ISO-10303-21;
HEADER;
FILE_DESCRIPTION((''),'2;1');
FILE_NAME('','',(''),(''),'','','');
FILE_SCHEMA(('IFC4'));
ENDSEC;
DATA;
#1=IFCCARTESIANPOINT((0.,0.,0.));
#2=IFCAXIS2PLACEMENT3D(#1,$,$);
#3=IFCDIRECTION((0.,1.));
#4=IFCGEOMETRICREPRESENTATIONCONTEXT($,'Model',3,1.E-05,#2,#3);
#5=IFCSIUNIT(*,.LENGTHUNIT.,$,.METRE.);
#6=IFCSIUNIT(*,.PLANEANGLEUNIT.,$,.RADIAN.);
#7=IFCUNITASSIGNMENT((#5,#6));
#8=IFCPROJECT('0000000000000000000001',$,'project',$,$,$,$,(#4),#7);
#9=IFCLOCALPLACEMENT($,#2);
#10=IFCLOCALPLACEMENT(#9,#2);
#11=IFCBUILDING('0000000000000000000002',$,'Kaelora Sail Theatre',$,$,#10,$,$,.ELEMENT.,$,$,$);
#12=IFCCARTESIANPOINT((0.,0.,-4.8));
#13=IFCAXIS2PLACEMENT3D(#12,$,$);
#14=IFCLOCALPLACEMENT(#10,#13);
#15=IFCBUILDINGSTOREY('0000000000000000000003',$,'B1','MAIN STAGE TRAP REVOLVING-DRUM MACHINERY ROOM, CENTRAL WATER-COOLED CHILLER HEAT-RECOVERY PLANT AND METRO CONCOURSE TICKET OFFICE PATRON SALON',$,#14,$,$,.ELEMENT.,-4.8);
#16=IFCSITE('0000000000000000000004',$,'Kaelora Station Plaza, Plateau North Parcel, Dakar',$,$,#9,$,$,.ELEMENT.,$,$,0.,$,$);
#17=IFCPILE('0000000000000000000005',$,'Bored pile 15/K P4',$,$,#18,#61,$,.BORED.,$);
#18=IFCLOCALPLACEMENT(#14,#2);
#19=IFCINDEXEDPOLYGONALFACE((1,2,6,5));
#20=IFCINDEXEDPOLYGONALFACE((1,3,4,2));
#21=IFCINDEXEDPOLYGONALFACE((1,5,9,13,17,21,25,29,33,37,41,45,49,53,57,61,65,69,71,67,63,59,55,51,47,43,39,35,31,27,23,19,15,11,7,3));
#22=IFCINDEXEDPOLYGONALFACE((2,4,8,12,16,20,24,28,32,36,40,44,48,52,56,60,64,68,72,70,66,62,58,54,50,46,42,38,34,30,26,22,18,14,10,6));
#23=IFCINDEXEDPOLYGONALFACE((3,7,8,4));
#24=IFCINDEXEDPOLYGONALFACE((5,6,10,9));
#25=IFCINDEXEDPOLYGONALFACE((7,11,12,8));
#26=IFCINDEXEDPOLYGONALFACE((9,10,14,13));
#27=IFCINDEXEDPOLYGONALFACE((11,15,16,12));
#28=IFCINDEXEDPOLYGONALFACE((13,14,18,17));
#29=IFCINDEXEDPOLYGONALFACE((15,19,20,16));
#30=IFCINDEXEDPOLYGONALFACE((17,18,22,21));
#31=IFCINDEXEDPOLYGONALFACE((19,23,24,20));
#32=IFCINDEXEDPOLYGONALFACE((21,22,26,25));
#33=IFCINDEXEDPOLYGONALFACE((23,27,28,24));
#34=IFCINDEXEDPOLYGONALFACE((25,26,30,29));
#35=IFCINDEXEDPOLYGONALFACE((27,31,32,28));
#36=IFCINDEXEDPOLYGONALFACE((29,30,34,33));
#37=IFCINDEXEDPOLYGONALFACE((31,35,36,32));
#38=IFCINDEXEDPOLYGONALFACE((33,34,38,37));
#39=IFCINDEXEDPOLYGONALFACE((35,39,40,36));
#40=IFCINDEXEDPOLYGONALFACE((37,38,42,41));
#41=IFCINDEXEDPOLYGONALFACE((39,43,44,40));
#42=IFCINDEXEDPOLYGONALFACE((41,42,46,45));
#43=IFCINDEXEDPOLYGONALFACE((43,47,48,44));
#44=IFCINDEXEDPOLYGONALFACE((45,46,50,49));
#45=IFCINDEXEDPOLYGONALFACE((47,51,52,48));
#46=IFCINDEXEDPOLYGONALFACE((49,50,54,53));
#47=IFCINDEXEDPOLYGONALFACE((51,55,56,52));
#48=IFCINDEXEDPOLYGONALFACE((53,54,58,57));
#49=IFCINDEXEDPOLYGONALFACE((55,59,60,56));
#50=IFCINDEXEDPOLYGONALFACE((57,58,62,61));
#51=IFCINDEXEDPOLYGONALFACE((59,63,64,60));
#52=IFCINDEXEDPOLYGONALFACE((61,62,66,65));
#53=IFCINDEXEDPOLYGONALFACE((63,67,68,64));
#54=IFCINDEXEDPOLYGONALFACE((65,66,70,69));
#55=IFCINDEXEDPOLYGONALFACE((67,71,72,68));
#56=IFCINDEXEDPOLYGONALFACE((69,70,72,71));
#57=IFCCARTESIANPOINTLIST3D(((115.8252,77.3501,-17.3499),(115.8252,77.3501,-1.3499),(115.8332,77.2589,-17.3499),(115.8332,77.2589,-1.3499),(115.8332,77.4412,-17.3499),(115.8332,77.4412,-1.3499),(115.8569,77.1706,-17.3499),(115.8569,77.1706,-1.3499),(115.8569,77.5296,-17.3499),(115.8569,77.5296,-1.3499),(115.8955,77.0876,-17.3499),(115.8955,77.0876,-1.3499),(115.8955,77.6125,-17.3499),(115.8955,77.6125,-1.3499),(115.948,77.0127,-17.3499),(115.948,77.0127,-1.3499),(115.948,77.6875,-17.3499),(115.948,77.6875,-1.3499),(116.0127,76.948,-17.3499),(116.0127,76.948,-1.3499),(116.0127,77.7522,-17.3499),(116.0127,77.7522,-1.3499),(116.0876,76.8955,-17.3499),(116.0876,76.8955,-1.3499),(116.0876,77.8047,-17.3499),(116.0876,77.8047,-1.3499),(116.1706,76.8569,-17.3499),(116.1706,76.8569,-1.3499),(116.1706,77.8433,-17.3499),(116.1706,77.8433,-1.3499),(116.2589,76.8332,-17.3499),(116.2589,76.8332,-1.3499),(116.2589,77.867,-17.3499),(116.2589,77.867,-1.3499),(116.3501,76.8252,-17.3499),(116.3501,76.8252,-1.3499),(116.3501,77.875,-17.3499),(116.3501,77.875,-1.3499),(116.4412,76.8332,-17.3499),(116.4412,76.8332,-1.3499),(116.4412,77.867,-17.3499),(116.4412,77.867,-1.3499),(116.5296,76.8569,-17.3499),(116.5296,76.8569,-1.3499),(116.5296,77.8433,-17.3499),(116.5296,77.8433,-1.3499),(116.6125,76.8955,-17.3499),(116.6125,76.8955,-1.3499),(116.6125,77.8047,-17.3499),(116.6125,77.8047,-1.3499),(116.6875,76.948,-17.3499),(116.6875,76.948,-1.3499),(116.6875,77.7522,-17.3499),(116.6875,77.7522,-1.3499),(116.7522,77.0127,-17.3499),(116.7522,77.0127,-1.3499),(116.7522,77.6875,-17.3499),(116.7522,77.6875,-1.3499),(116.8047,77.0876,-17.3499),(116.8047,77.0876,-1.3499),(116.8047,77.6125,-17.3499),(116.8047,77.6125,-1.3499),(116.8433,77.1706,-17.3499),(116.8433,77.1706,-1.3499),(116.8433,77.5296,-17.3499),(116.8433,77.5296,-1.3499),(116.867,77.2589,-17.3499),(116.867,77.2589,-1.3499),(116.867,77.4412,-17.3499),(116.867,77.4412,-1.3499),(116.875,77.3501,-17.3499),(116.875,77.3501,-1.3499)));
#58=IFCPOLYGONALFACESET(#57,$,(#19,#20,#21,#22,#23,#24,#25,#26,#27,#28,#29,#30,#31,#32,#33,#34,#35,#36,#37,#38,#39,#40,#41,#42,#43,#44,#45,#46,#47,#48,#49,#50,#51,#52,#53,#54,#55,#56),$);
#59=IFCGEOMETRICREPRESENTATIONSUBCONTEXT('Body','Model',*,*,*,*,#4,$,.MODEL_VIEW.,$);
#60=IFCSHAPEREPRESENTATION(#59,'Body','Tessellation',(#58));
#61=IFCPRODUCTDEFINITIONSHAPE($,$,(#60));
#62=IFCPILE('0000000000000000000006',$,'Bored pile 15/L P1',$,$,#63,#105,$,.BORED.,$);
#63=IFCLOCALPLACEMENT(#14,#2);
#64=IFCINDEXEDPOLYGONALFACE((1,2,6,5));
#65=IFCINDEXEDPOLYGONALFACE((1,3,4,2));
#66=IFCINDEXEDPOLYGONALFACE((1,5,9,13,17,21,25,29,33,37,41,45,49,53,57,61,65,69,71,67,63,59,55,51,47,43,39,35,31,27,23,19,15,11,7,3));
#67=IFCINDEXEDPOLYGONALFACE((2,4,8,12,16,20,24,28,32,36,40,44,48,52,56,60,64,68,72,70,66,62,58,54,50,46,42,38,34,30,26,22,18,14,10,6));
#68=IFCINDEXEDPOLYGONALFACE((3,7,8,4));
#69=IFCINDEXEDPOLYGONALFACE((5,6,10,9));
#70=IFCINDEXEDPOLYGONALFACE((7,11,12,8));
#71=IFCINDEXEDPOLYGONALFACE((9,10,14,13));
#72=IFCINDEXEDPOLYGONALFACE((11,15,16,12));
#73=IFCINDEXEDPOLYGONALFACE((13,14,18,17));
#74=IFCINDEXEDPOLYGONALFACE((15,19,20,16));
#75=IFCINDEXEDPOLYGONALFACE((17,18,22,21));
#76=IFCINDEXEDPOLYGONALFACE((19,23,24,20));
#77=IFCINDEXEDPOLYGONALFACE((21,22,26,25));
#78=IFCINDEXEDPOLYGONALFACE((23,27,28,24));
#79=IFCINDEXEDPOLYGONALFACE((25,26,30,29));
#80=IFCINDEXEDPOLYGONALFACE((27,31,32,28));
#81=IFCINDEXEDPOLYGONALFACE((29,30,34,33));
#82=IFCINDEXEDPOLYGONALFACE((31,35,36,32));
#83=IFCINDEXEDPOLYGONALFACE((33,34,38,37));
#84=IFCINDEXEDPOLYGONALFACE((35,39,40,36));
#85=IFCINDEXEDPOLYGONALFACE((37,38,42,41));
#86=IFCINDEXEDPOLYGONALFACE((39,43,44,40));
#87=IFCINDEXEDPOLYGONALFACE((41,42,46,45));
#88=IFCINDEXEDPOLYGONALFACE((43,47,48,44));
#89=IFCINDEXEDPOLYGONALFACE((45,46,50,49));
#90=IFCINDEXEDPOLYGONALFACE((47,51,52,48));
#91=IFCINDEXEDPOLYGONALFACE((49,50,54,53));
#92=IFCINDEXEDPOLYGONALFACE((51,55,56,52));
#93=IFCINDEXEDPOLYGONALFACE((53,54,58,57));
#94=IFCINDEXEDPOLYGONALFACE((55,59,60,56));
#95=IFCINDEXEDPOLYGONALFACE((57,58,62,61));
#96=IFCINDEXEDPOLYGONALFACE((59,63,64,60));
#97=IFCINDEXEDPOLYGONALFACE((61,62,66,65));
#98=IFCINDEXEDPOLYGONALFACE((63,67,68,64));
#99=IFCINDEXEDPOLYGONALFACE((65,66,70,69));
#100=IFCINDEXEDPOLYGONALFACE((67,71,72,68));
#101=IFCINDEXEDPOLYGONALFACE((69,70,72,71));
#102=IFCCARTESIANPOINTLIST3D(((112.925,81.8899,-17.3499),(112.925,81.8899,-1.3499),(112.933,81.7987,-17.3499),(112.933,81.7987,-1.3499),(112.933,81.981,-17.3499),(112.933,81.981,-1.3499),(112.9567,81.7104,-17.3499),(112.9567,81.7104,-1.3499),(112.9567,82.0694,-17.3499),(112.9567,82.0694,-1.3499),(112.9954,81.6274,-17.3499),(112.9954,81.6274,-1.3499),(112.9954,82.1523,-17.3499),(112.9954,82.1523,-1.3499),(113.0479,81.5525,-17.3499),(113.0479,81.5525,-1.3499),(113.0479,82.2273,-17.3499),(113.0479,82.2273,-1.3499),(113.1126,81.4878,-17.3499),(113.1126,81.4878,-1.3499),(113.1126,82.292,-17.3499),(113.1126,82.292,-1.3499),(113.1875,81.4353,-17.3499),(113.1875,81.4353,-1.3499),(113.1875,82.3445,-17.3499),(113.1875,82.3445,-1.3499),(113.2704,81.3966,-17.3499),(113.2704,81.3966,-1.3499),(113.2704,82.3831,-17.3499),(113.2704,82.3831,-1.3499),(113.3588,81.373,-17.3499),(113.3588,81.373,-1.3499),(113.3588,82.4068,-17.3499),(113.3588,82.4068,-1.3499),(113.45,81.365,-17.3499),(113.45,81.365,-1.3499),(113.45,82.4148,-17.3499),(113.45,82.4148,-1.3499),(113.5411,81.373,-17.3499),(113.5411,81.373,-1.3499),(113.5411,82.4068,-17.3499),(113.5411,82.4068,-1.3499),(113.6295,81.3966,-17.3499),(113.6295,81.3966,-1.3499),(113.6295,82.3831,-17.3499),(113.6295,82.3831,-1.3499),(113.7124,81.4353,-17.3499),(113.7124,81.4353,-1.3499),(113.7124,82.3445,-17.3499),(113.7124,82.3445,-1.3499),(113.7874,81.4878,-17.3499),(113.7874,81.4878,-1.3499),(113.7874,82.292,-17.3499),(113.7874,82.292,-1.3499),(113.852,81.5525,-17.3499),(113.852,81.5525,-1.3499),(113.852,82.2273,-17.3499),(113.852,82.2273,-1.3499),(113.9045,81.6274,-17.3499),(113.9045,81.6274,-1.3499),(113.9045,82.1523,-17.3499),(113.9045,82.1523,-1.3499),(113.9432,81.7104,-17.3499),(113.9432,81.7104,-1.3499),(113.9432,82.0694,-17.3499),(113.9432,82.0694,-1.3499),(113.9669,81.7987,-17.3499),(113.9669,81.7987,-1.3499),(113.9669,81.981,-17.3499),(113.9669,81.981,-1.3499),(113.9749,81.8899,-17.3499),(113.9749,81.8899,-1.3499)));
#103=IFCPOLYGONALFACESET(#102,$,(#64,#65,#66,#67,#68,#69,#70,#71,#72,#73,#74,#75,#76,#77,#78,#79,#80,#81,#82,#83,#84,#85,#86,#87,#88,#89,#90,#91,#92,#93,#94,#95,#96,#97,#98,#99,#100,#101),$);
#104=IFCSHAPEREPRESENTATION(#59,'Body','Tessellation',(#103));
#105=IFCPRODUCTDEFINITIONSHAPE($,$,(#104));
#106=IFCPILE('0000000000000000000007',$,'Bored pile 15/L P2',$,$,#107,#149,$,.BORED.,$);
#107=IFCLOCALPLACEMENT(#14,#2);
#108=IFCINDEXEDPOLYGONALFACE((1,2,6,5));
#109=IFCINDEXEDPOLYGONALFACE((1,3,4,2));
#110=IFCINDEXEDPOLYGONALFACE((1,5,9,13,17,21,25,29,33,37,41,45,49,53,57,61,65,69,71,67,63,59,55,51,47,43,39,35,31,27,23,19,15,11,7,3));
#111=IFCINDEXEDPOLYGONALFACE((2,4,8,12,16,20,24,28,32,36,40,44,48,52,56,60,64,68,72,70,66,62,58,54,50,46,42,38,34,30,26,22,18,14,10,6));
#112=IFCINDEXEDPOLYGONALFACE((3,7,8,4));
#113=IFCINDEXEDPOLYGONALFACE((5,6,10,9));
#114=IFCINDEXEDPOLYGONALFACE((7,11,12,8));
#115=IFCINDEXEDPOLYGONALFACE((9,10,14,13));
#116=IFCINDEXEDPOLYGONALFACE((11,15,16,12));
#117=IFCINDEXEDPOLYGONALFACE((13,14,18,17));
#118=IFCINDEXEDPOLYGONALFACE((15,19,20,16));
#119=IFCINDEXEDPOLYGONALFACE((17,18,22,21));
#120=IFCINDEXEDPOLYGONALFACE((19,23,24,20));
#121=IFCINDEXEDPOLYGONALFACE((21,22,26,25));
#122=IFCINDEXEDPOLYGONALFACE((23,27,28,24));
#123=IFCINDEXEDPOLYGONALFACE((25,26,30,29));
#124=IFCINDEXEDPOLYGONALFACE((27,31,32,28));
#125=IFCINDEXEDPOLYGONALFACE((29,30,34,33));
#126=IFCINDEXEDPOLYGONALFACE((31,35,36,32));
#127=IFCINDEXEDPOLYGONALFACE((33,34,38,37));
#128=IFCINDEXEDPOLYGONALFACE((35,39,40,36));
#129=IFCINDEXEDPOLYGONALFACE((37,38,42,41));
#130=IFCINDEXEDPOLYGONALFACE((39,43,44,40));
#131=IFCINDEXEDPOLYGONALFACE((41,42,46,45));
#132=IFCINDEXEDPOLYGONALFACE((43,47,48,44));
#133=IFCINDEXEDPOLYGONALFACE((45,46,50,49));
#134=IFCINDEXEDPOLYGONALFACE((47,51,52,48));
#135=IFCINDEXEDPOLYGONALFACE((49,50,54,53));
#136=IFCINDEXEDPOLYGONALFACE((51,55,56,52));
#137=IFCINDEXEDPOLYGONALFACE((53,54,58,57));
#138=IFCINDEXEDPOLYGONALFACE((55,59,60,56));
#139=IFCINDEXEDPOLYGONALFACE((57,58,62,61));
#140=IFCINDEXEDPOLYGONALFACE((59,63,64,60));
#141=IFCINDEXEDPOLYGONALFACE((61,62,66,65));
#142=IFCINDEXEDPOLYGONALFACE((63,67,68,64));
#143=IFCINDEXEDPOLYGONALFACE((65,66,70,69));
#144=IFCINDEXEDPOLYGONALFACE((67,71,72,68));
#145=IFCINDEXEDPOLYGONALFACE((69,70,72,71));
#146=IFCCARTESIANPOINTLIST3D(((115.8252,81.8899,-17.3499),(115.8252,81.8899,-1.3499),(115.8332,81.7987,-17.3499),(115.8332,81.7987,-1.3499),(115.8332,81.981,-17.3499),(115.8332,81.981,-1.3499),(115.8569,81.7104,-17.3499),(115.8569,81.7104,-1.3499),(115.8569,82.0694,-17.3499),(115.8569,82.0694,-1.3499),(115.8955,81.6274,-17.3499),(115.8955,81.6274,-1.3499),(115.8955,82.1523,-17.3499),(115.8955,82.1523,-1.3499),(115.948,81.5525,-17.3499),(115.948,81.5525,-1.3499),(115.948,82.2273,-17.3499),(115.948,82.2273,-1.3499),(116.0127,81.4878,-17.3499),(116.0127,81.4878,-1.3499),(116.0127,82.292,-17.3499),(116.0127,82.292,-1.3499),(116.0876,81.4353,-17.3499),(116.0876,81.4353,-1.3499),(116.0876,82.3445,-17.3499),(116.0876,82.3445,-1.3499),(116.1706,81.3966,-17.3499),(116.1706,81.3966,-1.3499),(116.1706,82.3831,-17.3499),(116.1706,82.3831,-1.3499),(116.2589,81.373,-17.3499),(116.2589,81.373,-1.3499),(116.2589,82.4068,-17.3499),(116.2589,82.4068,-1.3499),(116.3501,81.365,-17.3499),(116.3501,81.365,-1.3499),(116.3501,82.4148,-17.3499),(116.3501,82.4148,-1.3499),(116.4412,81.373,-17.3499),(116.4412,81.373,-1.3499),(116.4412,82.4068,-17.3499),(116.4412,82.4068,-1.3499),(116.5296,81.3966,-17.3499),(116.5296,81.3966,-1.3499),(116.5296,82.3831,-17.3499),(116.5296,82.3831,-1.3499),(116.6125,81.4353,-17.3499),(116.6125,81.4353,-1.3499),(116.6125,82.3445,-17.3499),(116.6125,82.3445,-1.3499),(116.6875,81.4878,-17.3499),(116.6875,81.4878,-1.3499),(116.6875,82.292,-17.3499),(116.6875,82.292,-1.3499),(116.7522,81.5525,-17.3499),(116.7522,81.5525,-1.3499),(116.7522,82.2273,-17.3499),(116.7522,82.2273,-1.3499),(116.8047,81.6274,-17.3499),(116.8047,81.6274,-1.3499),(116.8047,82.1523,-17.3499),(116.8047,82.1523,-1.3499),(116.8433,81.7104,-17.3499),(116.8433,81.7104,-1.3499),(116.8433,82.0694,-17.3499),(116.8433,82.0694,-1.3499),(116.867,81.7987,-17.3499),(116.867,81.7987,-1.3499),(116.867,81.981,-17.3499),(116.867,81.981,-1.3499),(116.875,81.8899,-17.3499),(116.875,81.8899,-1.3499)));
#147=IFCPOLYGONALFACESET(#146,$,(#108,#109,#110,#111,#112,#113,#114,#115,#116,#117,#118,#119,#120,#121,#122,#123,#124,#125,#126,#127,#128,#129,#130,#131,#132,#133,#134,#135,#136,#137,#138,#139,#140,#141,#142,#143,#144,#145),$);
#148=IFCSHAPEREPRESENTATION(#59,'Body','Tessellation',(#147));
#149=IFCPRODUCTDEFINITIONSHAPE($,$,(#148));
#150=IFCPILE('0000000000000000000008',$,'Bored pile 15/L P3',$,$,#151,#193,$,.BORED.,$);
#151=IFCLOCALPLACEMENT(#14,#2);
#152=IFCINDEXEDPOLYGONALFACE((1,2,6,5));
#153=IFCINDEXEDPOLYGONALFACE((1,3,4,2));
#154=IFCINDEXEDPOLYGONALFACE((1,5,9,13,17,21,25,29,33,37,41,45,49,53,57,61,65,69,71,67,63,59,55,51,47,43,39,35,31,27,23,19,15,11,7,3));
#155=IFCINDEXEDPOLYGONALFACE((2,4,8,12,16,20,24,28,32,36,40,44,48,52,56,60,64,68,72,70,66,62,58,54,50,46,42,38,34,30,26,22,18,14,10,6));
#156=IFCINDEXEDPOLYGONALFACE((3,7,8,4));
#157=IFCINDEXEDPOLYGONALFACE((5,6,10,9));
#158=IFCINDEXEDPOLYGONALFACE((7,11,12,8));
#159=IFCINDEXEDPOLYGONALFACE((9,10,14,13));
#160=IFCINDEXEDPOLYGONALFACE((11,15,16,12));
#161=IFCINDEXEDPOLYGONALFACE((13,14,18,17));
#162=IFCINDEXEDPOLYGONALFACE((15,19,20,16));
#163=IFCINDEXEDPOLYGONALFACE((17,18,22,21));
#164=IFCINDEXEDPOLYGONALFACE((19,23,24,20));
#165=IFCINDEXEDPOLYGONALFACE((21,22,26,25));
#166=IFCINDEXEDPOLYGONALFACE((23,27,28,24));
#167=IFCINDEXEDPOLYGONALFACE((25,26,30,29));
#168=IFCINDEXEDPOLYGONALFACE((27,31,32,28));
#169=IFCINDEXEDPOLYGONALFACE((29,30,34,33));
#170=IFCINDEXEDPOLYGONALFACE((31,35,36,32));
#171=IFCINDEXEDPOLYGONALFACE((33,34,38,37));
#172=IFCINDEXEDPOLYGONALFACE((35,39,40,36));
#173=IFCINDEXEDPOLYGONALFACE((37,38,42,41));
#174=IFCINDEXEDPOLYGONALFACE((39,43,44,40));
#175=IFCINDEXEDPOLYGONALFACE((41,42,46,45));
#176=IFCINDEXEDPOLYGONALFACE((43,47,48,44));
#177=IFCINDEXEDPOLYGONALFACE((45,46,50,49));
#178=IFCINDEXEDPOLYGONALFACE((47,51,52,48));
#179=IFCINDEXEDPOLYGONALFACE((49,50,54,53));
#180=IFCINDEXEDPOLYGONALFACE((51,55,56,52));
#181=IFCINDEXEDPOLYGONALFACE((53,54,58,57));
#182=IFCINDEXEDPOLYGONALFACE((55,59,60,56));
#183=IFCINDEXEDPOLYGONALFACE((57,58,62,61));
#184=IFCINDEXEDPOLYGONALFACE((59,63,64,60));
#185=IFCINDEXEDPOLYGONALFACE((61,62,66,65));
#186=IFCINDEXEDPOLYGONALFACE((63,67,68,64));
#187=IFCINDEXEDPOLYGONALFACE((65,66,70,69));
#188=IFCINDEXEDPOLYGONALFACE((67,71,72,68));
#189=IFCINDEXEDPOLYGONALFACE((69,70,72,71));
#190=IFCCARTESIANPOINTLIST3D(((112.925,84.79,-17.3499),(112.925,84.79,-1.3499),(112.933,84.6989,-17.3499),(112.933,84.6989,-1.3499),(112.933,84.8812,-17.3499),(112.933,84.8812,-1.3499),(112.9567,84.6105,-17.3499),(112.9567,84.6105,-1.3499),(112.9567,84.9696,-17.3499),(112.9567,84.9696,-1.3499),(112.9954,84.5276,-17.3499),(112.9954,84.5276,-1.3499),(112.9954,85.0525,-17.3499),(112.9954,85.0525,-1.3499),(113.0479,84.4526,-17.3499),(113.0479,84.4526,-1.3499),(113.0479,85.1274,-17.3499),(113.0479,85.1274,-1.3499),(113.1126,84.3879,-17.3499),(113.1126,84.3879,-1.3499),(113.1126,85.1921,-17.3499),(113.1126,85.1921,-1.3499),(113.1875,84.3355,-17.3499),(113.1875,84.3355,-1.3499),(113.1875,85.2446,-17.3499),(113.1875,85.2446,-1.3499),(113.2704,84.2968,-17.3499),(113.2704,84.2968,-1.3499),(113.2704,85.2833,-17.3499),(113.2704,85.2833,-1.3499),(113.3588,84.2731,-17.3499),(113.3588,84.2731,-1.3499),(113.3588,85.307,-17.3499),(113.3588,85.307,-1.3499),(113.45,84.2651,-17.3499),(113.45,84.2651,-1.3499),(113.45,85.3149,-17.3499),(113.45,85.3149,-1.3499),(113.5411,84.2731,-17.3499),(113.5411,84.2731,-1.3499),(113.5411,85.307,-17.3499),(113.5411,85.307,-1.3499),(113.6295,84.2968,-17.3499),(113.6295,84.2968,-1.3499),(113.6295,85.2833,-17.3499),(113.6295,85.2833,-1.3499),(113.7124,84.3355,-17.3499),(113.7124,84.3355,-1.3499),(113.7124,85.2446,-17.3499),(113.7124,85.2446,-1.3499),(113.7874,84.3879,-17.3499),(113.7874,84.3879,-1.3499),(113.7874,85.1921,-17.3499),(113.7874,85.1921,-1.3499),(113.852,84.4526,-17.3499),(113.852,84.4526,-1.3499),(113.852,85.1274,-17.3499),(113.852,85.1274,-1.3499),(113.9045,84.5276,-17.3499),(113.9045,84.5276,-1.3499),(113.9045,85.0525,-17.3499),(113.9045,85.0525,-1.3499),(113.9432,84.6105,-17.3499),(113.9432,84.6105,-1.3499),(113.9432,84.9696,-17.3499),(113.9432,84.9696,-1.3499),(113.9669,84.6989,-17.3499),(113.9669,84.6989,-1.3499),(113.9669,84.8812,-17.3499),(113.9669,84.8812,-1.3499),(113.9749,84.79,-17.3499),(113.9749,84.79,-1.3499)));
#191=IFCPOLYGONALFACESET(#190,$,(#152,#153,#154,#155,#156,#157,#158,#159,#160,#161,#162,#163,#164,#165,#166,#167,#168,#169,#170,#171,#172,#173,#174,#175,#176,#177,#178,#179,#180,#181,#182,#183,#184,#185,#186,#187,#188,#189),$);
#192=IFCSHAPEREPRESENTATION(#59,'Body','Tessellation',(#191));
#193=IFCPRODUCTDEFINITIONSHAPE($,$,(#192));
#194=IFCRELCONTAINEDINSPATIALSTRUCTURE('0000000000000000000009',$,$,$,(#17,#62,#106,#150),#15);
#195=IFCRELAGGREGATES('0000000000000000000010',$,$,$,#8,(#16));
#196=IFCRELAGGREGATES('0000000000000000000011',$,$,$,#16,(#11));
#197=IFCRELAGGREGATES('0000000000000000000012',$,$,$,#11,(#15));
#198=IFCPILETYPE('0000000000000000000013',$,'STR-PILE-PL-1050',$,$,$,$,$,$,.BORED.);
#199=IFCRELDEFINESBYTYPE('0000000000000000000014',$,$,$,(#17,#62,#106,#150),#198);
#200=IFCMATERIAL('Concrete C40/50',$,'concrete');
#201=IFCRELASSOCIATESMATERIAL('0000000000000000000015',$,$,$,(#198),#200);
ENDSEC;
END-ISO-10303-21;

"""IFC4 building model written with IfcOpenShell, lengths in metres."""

from ifc_helpers import new_model, si_unit, direction, frame, origin, origin_2d, place, context, subcontext, project, spatial, circle, extrude, material, material_profile, profile_set, type_object, element, save


model = new_model("IFC4")

# Units and contexts
model_context = context("Model", 3, precision=1e-05, world=origin(), true_north=direction((0.0, 1.0)))
body_context = subcontext(model_context, "Body", "Model", "MODEL_VIEW")
ifc_project = project(units=[si_unit("LENGTHUNIT", "METRE"), si_unit("PLANEANGLEUNIT", "RADIAN")], contexts=[model_context])

# Site, building, storey
site_placement = place(None, origin())
site = spatial("IfcSite", under=ifc_project, at=site_placement, Name="Kaelora Station Plaza, Plateau North Parcel, Dakar", CompositionType="ELEMENT", RefElevation=0.0)
building_placement = place(site_placement, origin())
building = spatial("IfcBuilding", under=site, at=building_placement, Name="Kaelora Sail Theatre", CompositionType="ELEMENT")
storey_placement = place(building_placement, frame((0.0, 0.0, -4.8)))
storey = spatial("IfcBuildingStorey", under=building, at=storey_placement, Name="B1", Description="MAIN STAGE TRAP REVOLVING-DRUM MACHINERY ROOM, CENTRAL WATER-COOLED CHILLER HEAT-RECOVERY PLANT AND METRO CONCOURSE TICKET OFFICE PATRON SALON", CompositionType="ELEMENT", Elevation=-4.8)

# Piles
ifc_material_1 = material(Name="Concrete C40/50", Category="concrete")
ifc_material_profile_1 = material_profile(ifc_material_1, circle(Radius=0.5249, at=origin_2d()), Name="PILE D1050")
ifc_profile_set_1 = profile_set([ifc_material_profile_1], Name="Concrete C40/50")
pile_type = type_object("IfcPileType", Name="STR-PILE-PL-1050", PredefinedType="BORED", material=ifc_profile_set_1)
for number, where, z_axis, x_axis, name in (
    (1, (116.3501, 77.3501, -1.3499), (0.0, 0.0, -1.0), (1.0, 0.0, 0.0), "Bored pile 15/K P4"),
    (2, (113.45, 81.8899, -1.3499), (0.0, 0.0, -1.0), (1.0, 0.0, 0.0), "Bored pile 15/L P1"),
    (3, (116.3501, 81.8899, -1.3499), (0.0, 0.0, -1.0), (1.0, 0.0, 0.0), "Bored pile 15/L P2"),
    (4, (113.45, 84.79, -1.3499), (0.0, 0.0, -1.0), (1.0, 0.0, 0.0), "Bored pile 15/L P3"),
):
    element("IfcPile", number, at=place(storey_placement, frame(where, z_axis=z_axis, x_axis=x_axis)), inside=storey, type_object=pile_type, Name=name, PredefinedType="BORED", context=body_context, shape_type="SweptSolid", body=[
        extrude(circle(Radius=0.5249, at=origin_2d()), origin(), (0.0, 0.0, 1.0), 16.0),
    ])

save(model, "model.ifc")
